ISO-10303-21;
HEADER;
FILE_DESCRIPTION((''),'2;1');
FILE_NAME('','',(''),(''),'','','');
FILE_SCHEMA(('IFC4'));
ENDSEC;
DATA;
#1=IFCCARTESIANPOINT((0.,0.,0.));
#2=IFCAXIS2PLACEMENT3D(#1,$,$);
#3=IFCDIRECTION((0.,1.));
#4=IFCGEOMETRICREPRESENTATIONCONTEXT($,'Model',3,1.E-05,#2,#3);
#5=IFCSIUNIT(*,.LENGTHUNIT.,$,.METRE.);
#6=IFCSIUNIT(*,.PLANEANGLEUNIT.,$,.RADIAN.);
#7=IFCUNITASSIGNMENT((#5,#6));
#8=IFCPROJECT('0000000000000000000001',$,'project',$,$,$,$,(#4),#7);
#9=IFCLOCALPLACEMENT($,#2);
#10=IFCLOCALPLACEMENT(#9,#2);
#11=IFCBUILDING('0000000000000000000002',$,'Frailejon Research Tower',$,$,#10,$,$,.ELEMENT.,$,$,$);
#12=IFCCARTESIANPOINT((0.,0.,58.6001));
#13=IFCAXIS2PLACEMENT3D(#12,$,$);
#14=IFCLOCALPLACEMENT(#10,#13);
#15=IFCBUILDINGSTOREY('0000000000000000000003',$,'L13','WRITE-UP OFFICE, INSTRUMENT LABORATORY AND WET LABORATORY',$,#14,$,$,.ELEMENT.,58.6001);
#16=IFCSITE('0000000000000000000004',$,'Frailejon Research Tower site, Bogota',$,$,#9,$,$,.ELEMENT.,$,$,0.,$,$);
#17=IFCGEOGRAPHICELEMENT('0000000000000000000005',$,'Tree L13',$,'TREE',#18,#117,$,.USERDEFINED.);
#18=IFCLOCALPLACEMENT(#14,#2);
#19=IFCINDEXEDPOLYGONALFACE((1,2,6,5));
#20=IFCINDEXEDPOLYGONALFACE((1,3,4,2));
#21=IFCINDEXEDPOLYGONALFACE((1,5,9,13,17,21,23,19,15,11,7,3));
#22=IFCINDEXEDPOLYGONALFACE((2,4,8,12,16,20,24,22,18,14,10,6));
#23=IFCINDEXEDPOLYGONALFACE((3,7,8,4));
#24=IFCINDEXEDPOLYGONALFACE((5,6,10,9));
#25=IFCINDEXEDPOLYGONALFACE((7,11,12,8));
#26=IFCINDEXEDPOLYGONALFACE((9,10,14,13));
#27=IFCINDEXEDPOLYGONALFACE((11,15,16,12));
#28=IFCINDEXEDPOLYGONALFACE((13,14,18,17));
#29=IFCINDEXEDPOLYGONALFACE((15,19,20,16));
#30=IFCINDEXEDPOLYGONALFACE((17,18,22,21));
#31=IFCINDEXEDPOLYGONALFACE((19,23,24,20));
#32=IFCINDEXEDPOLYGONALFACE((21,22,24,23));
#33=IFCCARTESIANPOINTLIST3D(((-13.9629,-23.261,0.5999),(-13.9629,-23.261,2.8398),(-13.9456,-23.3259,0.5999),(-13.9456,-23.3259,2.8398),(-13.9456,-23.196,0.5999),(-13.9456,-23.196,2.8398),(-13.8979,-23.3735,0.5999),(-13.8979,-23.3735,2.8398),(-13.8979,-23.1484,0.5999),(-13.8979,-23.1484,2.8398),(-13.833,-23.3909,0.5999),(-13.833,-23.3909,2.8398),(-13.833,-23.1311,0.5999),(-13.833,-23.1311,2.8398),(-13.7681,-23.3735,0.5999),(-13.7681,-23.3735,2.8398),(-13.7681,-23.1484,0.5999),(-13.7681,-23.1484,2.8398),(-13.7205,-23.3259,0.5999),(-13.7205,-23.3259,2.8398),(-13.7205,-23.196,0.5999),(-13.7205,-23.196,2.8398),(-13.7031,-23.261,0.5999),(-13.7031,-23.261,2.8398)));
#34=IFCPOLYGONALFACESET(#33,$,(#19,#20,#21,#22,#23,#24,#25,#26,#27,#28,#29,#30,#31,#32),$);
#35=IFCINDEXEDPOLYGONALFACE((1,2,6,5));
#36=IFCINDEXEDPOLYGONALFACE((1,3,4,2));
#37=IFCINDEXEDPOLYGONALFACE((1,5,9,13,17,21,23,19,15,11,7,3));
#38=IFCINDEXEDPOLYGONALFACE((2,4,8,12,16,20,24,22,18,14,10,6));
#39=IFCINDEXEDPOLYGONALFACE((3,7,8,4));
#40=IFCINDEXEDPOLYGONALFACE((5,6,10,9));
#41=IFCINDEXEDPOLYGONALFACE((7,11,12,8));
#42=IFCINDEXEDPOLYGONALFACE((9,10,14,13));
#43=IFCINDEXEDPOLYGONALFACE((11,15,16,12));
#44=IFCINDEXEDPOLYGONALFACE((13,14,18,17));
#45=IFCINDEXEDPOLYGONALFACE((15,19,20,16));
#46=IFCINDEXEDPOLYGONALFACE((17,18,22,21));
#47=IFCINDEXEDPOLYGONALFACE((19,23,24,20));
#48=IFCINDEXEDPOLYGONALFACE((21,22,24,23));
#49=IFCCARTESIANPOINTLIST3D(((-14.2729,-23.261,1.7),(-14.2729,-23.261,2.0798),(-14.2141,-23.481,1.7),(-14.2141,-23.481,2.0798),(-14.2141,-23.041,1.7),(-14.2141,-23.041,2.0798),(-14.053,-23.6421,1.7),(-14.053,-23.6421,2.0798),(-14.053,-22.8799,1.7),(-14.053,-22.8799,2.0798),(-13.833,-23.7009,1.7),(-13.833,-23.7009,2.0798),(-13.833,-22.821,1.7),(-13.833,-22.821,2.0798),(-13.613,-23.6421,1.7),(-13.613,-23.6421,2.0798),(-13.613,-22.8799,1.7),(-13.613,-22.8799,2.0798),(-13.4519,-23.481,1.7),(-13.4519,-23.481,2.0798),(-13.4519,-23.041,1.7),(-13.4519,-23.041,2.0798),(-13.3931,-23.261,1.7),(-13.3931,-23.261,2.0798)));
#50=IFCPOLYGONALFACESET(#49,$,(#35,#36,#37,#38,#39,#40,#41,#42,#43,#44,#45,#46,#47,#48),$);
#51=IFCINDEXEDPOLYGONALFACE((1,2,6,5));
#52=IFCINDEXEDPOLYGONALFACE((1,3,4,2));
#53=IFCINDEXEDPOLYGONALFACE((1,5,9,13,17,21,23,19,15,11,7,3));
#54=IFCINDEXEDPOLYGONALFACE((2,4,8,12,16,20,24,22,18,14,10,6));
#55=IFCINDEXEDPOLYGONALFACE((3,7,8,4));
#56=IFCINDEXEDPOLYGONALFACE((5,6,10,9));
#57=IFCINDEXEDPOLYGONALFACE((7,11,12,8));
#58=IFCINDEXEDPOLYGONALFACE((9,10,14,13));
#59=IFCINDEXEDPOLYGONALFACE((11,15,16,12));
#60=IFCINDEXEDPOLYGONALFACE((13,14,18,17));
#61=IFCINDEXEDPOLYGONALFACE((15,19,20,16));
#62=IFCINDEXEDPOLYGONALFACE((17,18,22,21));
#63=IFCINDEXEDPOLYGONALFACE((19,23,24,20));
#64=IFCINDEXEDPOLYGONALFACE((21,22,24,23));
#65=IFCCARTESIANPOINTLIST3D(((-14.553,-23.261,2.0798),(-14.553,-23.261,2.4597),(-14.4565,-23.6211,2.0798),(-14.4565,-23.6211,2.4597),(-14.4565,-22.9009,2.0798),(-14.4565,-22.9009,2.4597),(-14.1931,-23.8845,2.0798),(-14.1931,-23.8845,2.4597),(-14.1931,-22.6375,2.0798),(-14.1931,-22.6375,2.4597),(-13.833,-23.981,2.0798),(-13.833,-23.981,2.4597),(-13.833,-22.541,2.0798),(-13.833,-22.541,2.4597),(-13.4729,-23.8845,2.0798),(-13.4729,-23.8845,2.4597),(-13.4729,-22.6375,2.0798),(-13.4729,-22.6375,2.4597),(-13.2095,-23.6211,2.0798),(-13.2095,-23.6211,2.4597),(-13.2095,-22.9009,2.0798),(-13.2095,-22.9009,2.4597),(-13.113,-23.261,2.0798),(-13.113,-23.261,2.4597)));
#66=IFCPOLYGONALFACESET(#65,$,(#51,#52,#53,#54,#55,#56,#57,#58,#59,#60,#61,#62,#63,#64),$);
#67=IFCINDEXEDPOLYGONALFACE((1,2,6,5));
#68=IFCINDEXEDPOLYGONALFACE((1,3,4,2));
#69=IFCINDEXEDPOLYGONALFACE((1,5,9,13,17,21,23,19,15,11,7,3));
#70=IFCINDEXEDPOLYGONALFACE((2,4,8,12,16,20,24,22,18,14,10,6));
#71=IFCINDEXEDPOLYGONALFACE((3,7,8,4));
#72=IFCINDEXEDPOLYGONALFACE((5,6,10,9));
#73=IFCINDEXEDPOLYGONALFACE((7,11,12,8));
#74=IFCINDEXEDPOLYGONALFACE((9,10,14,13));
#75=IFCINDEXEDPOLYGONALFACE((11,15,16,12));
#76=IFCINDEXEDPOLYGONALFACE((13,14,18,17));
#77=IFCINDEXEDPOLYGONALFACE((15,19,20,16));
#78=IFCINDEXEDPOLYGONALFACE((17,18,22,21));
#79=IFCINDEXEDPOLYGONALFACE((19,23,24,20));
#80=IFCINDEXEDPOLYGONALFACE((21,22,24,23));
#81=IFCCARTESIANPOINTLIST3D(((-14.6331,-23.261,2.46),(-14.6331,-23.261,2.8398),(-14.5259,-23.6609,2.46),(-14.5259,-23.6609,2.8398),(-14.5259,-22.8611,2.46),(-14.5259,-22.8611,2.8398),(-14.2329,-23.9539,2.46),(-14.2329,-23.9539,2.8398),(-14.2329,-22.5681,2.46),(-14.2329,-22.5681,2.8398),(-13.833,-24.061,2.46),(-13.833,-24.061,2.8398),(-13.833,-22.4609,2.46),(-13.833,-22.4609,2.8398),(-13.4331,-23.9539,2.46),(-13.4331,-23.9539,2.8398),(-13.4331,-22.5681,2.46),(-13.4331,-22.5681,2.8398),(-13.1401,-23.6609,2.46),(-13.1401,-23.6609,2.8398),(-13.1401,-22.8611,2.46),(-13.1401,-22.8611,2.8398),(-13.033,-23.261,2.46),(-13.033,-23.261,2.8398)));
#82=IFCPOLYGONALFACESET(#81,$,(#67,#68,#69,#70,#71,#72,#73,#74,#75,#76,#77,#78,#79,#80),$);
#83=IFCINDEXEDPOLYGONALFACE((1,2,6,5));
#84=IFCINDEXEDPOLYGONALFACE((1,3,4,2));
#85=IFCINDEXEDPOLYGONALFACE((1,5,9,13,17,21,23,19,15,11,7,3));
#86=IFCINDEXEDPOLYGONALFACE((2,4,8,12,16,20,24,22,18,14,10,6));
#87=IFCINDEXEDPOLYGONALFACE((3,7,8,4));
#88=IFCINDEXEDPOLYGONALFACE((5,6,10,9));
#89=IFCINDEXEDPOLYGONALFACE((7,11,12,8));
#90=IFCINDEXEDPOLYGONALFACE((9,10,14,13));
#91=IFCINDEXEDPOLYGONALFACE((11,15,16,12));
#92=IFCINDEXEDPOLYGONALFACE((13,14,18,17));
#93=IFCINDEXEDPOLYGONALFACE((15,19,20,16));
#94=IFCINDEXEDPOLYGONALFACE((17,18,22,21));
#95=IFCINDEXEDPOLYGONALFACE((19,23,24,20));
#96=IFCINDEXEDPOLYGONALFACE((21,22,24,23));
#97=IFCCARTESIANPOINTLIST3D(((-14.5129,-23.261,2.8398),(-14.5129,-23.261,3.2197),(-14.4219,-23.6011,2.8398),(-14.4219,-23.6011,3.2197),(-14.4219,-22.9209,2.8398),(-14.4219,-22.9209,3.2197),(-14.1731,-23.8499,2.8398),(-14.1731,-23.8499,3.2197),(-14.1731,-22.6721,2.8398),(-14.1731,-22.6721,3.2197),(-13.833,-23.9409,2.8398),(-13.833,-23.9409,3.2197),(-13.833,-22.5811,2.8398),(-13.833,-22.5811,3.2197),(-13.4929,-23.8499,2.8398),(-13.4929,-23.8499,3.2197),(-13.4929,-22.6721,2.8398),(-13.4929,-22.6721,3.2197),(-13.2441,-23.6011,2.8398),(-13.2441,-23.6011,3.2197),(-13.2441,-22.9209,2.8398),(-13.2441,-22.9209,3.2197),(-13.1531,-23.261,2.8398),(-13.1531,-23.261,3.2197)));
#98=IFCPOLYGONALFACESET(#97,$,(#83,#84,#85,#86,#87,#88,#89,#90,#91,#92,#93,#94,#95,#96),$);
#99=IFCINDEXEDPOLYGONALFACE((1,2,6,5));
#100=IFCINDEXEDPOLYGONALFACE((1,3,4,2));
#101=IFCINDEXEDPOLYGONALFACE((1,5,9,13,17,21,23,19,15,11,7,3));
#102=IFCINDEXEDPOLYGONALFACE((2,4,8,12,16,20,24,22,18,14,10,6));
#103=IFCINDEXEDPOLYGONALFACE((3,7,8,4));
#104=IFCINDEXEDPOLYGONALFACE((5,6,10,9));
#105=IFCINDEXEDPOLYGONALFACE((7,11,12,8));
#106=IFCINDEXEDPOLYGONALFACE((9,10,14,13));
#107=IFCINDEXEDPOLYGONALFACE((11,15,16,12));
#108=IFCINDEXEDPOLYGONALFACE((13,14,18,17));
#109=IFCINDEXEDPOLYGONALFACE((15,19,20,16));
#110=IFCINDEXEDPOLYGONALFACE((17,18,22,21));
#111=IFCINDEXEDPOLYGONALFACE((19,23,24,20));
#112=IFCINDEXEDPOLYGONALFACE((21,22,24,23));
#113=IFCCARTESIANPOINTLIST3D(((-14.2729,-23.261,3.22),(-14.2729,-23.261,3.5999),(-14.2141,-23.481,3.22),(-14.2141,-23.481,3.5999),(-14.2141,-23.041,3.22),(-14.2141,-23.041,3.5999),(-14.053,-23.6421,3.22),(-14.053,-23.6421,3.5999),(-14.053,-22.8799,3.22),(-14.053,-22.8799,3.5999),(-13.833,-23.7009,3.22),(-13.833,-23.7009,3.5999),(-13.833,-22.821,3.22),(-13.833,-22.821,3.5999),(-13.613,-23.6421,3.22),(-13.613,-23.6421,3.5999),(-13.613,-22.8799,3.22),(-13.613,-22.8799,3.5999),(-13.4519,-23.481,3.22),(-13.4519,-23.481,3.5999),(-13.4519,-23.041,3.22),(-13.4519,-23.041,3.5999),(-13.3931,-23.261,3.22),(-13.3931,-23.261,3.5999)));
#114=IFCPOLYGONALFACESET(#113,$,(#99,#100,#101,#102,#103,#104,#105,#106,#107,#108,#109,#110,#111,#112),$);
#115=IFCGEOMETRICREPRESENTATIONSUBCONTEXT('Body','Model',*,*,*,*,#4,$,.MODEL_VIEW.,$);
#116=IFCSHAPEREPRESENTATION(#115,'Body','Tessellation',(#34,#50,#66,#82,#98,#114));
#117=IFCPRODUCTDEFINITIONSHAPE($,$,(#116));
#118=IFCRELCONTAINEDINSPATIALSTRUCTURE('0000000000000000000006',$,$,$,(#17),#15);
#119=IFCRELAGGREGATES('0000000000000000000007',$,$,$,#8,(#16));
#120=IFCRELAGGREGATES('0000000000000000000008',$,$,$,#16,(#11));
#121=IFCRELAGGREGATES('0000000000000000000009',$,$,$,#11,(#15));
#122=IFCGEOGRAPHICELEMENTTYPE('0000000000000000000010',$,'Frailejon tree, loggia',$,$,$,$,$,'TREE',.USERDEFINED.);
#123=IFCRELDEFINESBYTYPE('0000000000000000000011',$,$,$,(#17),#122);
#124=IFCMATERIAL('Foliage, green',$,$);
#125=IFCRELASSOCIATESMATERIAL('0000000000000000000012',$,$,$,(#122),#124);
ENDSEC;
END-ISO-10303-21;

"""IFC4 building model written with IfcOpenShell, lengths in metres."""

from ifc_helpers import new_model, si_unit, direction, frame, origin, place, context, subcontext, project, spatial, polyline, outline, extrude, material, type_object, element, save


model = new_model("IFC4")

# Units and contexts
model_context = context("Model", 3, precision=1e-05, world=origin(), true_north=direction((0.0, 1.0)))
body_context = subcontext(model_context, "Body", "Model", "MODEL_VIEW")
ifc_project = project(units=[si_unit("LENGTHUNIT", "METRE"), si_unit("PLANEANGLEUNIT", "RADIAN")], contexts=[model_context])

# Site, building, storey
site_placement = place(None, origin())
site = spatial("IfcSite", under=ifc_project, at=site_placement, Name="Frailejon Research Tower site, Bogota", CompositionType="ELEMENT", RefElevation=0.0)
building_placement = place(site_placement, origin())
building = spatial("IfcBuilding", under=site, at=building_placement, Name="Frailejon Research Tower", CompositionType="ELEMENT")
storey_placement = place(building_placement, frame((0.0, 0.0, 58.6001)))
storey = spatial("IfcBuildingStorey", under=building, at=storey_placement, Name="L13", Description="WRITE-UP OFFICE, INSTRUMENT LABORATORY AND WET LABORATORY", CompositionType="ELEMENT", Elevation=58.6001)

# Geographic element
ifc_material_1 = material(Name="Foliage, green")
geographic_element_type = type_object("IfcGeographicElementType", Name="Frailejon tree, loggia", ElementType="TREE", PredefinedType="USERDEFINED", material=ifc_material_1)
geographic_element_placement = place(storey_placement, frame((-13.833, -23.261, 0.5999)))
element("IfcGeographicElement", 1, at=geographic_element_placement, inside=storey, type_object=geographic_element_type, Name="Tree L13", ObjectType="TREE", PredefinedType="USERDEFINED", context=body_context, shape_type="SweptSolid", body=[
    extrude(outline(polyline([(0.1299, 0.0), (0.1125, 0.0649), (0.0649, 0.1125), (0.0, 0.1299), (-0.0649, 0.1125), (-0.1125, 0.0649), (-0.1299, 0.0), (-0.1125, -0.0649), (-0.0649, -0.1125), (0.0, -0.1299), (0.0649, -0.1125), (0.1125, -0.0649), (0.1299, 0.0)])), origin(), (0.0, 0.0, 1.0), 2.24),
    extrude(outline(polyline([(0.4399, 0.0), (0.3811, 0.22), (0.22, 0.3811), (0.0, 0.4399), (-0.22, 0.3811), (-0.3811, 0.22), (-0.4399, 0.0), (-0.3811, -0.22), (-0.22, -0.3811), (0.0, -0.4399), (0.22, -0.3811), (0.3811, -0.22), (0.4399, 0.0)])), frame((0.0, 0.0, 1.1001)), (0.0, 0.0, 1.0), 0.3799),
    extrude(outline(polyline([(0.72, 0.0), (0.6235, 0.3601), (0.3601, 0.6235), (0.0, 0.72), (-0.3601, 0.6235), (-0.6235, 0.3601), (-0.72, 0.0), (-0.6235, -0.3601), (-0.3601, -0.6235), (0.0, -0.72), (0.3601, -0.6235), (0.6235, -0.3601), (0.72, 0.0)])), frame((0.0, 0.0, 1.48)), (0.0, 0.0, 1.0), 0.3799),
    extrude(outline(polyline([(0.8, 0.0), (0.6929, 0.3999), (0.3999, 0.6929), (0.0, 0.8), (-0.3999, 0.6929), (-0.6929, 0.3999), (-0.8, 0.0), (-0.6929, -0.3999), (-0.3999, -0.6929), (0.0, -0.8), (0.3999, -0.6929), (0.6929, -0.3999), (0.8, 0.0)])), frame((0.0, 0.0, 1.8601)), (0.0, 0.0, 1.0), 0.3799),
    extrude(outline(polyline([(0.6799, 0.0), (0.5889, 0.3401), (0.3401, 0.5889), (0.0, 0.6799), (-0.3401, 0.5889), (-0.5889, 0.3401), (-0.6799, 0.0), (-0.5889, -0.3401), (-0.3401, -0.5889), (0.0, -0.6799), (0.3401, -0.5889), (0.5889, -0.3401), (0.6799, 0.0)])), frame((0.0, 0.0, 2.24)), (0.0, 0.0, 1.0), 0.3799),
    extrude(outline(polyline([(0.4399, 0.0), (0.3811, 0.22), (0.22, 0.3811), (0.0, 0.4399), (-0.22, 0.3811), (-0.3811, 0.22), (-0.4399, 0.0), (-0.3811, -0.22), (-0.22, -0.3811), (0.0, -0.4399), (0.22, -0.3811), (0.3811, -0.22), (0.4399, 0.0)])), frame((0.0, 0.0, 2.6201)), (0.0, 0.0, 1.0), 0.3799),
])

save(model, "model.ifc")
